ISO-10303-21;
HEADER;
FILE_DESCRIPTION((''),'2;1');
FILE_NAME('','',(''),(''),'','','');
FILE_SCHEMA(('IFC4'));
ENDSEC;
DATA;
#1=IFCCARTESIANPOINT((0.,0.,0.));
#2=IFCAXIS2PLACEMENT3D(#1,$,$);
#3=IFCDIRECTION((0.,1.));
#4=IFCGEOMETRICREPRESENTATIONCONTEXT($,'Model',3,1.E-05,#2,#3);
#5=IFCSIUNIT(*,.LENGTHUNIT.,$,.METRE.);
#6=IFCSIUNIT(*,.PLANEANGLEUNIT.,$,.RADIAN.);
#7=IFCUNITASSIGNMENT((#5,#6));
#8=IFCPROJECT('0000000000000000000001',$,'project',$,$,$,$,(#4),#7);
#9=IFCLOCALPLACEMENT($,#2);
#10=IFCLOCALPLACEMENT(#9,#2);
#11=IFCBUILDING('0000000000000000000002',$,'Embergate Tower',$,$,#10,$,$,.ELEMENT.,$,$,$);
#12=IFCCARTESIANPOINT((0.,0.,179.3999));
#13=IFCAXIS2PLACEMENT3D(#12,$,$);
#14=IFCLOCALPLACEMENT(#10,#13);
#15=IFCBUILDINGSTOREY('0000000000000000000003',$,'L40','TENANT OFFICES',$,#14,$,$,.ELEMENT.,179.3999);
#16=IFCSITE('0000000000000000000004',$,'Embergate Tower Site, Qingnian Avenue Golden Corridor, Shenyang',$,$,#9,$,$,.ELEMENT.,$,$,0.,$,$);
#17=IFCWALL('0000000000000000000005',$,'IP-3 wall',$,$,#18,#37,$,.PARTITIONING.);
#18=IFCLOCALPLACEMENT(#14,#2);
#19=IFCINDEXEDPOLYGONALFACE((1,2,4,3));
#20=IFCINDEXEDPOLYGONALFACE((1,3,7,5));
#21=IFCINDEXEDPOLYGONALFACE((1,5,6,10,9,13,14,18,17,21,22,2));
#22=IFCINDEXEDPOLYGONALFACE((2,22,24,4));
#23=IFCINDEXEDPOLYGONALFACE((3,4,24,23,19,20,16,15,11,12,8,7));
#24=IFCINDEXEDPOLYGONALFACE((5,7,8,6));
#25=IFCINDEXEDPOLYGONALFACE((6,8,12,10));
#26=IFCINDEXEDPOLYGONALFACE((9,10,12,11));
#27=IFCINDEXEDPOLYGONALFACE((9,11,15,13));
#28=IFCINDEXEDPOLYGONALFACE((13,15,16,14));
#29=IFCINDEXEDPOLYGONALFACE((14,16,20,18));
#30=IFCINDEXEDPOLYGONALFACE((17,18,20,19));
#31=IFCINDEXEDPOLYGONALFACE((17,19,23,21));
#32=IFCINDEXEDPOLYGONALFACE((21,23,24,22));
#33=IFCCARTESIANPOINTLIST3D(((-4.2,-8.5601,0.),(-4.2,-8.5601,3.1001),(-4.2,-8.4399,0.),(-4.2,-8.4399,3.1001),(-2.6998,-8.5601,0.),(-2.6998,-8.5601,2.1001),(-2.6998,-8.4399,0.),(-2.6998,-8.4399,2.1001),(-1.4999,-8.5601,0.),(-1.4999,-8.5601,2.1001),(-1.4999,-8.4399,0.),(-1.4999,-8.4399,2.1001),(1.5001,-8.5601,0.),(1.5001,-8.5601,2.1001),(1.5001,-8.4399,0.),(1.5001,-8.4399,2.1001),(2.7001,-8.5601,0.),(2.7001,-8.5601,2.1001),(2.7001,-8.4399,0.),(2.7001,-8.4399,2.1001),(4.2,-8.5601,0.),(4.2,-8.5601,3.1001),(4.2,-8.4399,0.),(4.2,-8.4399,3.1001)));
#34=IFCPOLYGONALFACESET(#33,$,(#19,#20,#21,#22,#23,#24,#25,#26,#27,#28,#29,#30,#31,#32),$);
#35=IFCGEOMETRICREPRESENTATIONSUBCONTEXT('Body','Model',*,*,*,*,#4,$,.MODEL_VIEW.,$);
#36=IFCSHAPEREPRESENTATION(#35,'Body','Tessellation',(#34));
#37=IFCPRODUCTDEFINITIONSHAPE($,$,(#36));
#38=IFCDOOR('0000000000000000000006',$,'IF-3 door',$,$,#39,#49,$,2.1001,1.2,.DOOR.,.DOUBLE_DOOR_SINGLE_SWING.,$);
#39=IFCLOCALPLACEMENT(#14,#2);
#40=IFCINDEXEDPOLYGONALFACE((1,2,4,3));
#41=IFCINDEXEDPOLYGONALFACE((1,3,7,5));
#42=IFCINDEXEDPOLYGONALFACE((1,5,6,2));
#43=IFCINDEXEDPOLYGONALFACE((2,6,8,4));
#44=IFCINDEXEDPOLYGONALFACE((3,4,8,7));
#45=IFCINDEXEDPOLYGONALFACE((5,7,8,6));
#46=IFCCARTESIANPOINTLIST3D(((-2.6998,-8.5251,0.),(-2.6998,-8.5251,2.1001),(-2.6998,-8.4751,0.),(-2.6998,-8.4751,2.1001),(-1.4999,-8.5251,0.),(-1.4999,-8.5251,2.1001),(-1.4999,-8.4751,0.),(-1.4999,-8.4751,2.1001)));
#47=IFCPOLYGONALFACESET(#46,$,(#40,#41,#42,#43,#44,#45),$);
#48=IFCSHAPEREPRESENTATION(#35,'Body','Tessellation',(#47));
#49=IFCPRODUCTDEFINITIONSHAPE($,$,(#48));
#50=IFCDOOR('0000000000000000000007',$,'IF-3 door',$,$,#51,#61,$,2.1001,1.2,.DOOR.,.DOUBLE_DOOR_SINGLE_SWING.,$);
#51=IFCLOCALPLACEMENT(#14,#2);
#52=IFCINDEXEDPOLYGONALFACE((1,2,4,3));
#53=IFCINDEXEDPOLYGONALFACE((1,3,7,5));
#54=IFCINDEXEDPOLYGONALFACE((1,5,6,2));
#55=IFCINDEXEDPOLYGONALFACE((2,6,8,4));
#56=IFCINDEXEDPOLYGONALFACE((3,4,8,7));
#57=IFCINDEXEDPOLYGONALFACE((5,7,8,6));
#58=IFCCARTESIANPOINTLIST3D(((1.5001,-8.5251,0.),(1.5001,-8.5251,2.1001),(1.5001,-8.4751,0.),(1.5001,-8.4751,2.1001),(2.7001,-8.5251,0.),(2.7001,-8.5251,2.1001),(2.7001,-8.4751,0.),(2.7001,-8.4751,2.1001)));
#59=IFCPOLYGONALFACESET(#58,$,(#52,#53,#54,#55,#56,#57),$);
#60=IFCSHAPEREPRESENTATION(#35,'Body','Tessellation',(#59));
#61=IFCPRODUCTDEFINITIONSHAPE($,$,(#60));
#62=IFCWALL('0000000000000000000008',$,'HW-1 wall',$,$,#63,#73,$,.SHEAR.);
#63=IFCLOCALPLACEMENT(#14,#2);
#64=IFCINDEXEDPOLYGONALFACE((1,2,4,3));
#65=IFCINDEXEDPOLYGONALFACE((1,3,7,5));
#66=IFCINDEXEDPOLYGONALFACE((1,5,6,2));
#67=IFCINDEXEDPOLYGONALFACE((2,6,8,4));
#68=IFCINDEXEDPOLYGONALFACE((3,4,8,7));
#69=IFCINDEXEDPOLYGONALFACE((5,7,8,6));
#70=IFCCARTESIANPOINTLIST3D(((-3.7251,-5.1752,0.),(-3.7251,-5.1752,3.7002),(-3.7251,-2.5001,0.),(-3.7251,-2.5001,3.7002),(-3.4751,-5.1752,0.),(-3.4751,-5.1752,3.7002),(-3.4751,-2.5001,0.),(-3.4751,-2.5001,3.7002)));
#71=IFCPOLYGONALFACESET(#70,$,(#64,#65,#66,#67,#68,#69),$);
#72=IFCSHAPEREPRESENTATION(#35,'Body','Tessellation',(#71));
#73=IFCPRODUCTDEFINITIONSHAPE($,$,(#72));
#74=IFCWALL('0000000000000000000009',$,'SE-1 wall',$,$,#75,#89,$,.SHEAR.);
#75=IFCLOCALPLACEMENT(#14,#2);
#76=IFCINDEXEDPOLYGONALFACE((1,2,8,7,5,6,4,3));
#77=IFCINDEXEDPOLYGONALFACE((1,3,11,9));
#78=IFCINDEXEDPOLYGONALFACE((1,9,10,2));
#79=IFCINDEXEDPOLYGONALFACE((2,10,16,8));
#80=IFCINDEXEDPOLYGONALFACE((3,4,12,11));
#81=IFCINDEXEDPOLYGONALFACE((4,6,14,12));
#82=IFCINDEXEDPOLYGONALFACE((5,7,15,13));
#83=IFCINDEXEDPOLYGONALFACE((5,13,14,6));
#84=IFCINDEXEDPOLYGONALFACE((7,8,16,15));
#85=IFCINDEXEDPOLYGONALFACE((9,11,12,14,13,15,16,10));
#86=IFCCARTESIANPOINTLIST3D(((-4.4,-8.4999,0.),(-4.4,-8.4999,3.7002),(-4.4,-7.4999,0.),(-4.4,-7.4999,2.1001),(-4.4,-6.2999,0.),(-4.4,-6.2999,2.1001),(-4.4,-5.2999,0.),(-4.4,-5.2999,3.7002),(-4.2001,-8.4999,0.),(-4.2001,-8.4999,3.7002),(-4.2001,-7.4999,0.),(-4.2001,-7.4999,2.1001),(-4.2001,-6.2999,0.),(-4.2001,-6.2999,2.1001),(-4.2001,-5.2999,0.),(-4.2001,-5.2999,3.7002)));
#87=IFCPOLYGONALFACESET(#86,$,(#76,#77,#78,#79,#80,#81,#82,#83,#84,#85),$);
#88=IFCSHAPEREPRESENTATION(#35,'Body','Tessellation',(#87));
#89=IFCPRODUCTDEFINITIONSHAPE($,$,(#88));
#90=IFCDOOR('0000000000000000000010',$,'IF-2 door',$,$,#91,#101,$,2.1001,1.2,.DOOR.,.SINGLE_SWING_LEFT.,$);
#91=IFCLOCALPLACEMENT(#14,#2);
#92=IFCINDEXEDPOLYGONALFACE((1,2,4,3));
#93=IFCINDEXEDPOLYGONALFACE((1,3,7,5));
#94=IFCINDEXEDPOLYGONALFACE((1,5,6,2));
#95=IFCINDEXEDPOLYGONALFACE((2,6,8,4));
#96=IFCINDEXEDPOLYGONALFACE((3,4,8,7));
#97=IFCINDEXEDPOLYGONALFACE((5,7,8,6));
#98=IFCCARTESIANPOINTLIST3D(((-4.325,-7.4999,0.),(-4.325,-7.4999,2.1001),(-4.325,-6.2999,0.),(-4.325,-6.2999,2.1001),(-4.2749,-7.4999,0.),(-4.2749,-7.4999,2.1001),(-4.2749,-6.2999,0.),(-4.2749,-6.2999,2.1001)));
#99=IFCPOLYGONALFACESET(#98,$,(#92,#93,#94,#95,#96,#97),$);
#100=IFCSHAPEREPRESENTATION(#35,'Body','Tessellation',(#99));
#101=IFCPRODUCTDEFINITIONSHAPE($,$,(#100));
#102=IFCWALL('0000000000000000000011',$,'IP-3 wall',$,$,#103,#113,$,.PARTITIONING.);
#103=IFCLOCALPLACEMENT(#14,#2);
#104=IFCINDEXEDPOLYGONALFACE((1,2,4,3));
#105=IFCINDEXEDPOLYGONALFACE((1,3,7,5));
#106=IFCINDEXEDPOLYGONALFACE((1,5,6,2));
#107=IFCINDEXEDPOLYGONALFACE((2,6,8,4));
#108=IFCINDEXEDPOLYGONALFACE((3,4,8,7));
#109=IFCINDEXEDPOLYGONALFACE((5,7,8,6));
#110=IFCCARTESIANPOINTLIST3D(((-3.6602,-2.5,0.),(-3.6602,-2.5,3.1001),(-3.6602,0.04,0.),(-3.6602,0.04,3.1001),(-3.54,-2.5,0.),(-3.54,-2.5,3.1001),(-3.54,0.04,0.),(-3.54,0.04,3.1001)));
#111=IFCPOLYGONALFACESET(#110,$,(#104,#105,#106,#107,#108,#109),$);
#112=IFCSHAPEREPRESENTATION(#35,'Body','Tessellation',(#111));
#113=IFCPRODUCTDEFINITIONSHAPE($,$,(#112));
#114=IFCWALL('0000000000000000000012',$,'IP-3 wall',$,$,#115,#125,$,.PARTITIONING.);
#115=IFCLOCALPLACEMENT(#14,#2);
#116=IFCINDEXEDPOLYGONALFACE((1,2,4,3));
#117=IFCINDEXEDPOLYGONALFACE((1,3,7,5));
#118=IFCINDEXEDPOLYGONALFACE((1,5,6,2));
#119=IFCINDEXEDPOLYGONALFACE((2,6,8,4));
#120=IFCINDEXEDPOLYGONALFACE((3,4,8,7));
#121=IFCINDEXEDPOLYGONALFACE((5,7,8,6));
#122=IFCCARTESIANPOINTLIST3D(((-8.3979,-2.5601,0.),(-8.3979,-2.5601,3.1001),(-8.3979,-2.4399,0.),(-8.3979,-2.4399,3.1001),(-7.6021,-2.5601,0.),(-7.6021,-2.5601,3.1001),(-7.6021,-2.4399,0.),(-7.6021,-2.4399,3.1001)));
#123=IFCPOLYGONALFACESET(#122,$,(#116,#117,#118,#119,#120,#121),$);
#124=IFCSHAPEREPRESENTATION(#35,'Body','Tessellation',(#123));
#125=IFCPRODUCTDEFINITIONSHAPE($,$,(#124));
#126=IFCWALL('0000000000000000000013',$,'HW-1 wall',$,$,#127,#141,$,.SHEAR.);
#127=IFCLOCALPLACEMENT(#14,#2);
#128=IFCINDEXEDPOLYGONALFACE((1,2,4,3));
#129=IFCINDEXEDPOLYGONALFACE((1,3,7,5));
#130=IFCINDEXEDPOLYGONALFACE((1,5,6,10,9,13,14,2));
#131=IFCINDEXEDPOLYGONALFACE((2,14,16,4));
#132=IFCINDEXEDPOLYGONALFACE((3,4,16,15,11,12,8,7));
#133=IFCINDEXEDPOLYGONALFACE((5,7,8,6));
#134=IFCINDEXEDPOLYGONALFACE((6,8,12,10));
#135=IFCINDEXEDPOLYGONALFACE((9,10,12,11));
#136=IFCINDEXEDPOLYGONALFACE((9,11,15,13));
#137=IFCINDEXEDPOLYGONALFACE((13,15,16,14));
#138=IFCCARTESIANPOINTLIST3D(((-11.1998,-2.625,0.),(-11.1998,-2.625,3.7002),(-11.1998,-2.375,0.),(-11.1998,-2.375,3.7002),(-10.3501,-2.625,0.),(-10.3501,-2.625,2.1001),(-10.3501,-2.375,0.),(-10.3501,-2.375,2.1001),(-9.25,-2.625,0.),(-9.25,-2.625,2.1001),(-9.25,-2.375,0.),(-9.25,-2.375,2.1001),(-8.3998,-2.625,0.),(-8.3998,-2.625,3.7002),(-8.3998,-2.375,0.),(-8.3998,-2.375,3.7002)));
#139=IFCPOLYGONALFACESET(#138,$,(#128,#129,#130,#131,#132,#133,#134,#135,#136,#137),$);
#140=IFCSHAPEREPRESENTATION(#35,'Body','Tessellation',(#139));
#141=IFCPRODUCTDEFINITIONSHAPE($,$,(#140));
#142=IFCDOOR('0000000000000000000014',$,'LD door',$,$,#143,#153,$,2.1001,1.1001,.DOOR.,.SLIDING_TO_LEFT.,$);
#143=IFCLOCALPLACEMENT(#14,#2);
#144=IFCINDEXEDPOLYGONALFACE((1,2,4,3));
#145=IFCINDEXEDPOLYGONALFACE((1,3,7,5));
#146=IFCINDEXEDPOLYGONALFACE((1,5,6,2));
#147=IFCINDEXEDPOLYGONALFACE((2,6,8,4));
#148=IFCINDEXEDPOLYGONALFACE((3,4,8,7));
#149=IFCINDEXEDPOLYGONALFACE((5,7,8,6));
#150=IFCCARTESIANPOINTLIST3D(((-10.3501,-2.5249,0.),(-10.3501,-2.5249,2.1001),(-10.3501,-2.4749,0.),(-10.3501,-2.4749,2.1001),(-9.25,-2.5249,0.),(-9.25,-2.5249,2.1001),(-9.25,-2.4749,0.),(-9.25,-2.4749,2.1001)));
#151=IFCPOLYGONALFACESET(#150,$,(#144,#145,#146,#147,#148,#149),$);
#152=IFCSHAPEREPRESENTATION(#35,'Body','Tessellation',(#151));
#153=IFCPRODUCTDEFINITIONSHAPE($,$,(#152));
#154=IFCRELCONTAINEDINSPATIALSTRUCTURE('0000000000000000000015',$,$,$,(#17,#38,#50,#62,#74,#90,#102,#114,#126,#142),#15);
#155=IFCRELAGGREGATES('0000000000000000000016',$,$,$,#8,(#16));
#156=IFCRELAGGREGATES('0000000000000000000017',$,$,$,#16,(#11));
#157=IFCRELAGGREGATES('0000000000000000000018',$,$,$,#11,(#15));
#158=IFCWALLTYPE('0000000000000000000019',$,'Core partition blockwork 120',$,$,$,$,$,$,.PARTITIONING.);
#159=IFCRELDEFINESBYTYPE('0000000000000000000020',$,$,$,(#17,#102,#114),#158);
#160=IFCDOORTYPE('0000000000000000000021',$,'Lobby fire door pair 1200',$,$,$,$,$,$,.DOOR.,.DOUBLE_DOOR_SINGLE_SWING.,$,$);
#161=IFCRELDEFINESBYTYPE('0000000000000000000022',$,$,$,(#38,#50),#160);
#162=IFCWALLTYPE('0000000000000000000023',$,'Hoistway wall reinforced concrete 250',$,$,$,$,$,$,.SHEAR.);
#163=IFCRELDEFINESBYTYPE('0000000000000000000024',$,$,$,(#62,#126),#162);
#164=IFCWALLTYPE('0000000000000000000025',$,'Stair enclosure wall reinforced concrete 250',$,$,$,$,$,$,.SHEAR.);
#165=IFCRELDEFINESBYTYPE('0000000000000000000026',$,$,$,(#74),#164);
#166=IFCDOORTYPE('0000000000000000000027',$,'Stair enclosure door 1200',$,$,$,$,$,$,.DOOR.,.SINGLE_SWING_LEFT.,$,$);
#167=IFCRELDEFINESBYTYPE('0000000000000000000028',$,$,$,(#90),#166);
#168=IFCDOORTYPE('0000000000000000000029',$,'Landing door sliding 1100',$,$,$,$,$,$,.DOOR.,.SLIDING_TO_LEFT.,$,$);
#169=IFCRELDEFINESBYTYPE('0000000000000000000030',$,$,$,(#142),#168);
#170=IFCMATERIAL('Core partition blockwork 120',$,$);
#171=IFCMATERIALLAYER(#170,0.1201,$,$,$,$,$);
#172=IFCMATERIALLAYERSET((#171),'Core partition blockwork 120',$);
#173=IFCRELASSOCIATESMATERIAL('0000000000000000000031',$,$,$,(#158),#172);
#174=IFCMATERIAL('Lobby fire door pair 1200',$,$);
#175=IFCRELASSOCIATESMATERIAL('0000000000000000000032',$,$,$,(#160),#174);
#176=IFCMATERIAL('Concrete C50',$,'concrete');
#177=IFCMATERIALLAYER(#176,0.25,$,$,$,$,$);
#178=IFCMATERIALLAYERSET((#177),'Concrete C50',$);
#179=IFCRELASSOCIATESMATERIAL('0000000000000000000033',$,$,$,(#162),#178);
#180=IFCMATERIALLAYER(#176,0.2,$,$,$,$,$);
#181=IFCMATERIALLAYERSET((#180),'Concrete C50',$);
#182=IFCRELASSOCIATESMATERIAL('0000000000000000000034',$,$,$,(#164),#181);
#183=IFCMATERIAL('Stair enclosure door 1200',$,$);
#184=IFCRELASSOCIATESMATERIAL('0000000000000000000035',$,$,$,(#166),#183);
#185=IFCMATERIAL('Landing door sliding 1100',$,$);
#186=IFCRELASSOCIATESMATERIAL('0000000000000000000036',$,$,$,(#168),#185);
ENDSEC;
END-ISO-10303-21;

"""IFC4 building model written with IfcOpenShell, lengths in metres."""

from ifc_helpers import new_model, si_unit, direction, frame, frame_2d, origin, place, context, subcontext, project, spatial, rectangle, extrude, source, transform, mapped, material, layer, layer_set, type_object, element, fill, save


model = new_model("IFC4")

# Units and contexts
model_context = context("Model", 3, precision=1e-05, world=origin(), true_north=direction((0.0, 1.0)))
body_context = subcontext(model_context, "Body", "Model", "MODEL_VIEW")
ifc_project = project(units=[si_unit("LENGTHUNIT", "METRE"), si_unit("PLANEANGLEUNIT", "RADIAN")], contexts=[model_context])

# Site, building, storey
site_placement = place(None, origin())
site = spatial("IfcSite", under=ifc_project, at=site_placement, Name="Embergate Tower Site, Qingnian Avenue Golden Corridor, Shenyang", CompositionType="ELEMENT", RefElevation=0.0)
building_placement = place(site_placement, origin())
building = spatial("IfcBuilding", under=site, at=building_placement, Name="Embergate Tower", CompositionType="ELEMENT")
storey_placement = place(building_placement, frame((0.0, 0.0, 179.3999)))
storey = spatial("IfcBuildingStorey", under=building, at=storey_placement, Name="L40", Description="TENANT OFFICES", CompositionType="ELEMENT", Elevation=179.3999)

# Wall, openings, doors
ifc_material_1 = material(Name="Core partition blockwork 120")
ifc_layer_1 = layer(ifc_material_1, 0.1201)
ifc_layer_set_1 = layer_set([ifc_layer_1], Name="Core partition blockwork 120")
wall_type_1 = type_object("IfcWallType", Name="Core partition blockwork 120", PredefinedType="PARTITIONING", material=ifc_layer_set_1)
shared_shape_1 = source(origin(), body_context, "Body", "SweptSolid", [
    extrude(rectangle(XDim=8.3999, YDim=0.1201, at=frame_2d((4.2, 0.0))), origin(), (0.0, 0.0, 1.0), 3.1001),
])
wall_1_placement = place(storey_placement, frame((-4.2, -8.5, 0.0), z_axis=(0.0, 0.0, 1.0), x_axis=(1.0, 0.0, 0.0)))
wall_1 = element("IfcWall", 1, at=wall_1_placement, inside=storey, type_object=wall_type_1, Name="IP-3 wall", PredefinedType="PARTITIONING", context=body_context, shape_type="MappedRepresentation", body=[
    mapped(shared_shape_1, transform((0.0, 0.0, 0.0))),
])
shared_shape_2 = source(origin(), body_context, "Body", "SweptSolid", [
    extrude(rectangle(XDim=1.2, YDim=2.1001, at=frame_2d((0.6001, 1.05))), frame((0.0, 0.0701, 0.0), z_axis=(0.0, -1.0, 0.0), x_axis=(1.0, 0.0, 0.0)), (0.0, 0.0, 1.0), 0.1401),
])
opening_1_placement = place(wall_1_placement, frame((1.5, 0.0, 0.0)))
opening_1 = element("IfcOpeningElement", 2, at=opening_1_placement, cuts=wall_1, PredefinedType="OPENING", context=body_context, shape_type="MappedRepresentation", body=[
    mapped(shared_shape_2, transform((0.0, 0.0, 0.0))),
])
opening_2_placement = place(wall_1_placement, frame((5.7, 0.0, 0.0)))
opening_2 = element("IfcOpeningElement", 3, at=opening_2_placement, cuts=wall_1, PredefinedType="OPENING", context=body_context, shape_type="MappedRepresentation", body=[
    mapped(shared_shape_2, transform((0.0, 0.0, 0.0))),
])
ifc_material_2 = material(Name="Lobby fire door pair 1200")
door_type_1 = type_object("IfcDoorType", Name="Lobby fire door pair 1200", OperationType="DOUBLE_DOOR_SINGLE_SWING", PredefinedType="DOOR", material=ifc_material_2)
shared_shape_3 = source(origin(), body_context, "Body", "SweptSolid", [
    extrude(rectangle(XDim=1.2, YDim=2.1001, at=frame_2d((0.6001, 1.05))), frame((0.0, 0.0249, 0.0), z_axis=(0.0, -1.0, 0.0), x_axis=(1.0, 0.0, 0.0)), (0.0, 0.0, 1.0), 0.05),
])
door_1_placement = place(opening_1_placement, origin())
door_1 = element("IfcDoor", 4, at=door_1_placement, inside=storey, type_object=door_type_1, Name="IF-3 door", OperationType="DOUBLE_DOOR_SINGLE_SWING", OverallHeight=2.1001, OverallWidth=1.2, PredefinedType="DOOR", context=body_context, shape_type="MappedRepresentation", body=[
    mapped(shared_shape_3, transform((0.0, 0.0, 0.0))),
])
fill(opening_1, door_1)
door_2_placement = place(opening_2_placement, origin())
door_2 = element("IfcDoor", 5, at=door_2_placement, inside=storey, type_object=door_type_1, Name="IF-3 door", OperationType="DOUBLE_DOOR_SINGLE_SWING", OverallHeight=2.1001, OverallWidth=1.2, PredefinedType="DOOR", context=body_context, shape_type="MappedRepresentation", body=[
    mapped(shared_shape_3, transform((0.0, 0.0, 0.0))),
])
fill(opening_2, door_2)

# Wall
ifc_material_3 = material(Name="Concrete C50", Category="concrete")
ifc_layer_2 = layer(ifc_material_3, 0.25)
ifc_layer_set_2 = layer_set([ifc_layer_2], Name="Concrete C50")
wall_type_2 = type_object("IfcWallType", Name="Hoistway wall reinforced concrete 250", PredefinedType="SHEAR", material=ifc_layer_set_2)
shared_shape_4 = source(origin(), body_context, "Body", "SweptSolid", [
    extrude(rectangle(XDim=2.675, YDim=0.25, at=frame_2d((1.3374, 0.0))), origin(), (0.0, 0.0, 1.0), 3.7002),
])
wall_2_placement = place(storey_placement, frame((-3.6001, -5.175, 0.0), z_axis=(0.0, 0.0, 1.0), x_axis=(0.0, 1.0, 0.0)))
element("IfcWall", 6, at=wall_2_placement, inside=storey, type_object=wall_type_2, Name="HW-1 wall", PredefinedType="SHEAR", context=body_context, shape_type="MappedRepresentation", body=[
    mapped(shared_shape_4, transform((0.0, 0.0, 0.0))),
])

# Wall, opening, door
ifc_layer_3 = layer(ifc_material_3, 0.2)
ifc_layer_set_3 = layer_set([ifc_layer_3], Name="Concrete C50")
wall_type_3 = type_object("IfcWallType", Name="Stair enclosure wall reinforced concrete 250", PredefinedType="SHEAR", material=ifc_layer_set_3)
shared_shape_5 = source(origin(), body_context, "Body", "SweptSolid", [
    extrude(rectangle(XDim=3.2, YDim=0.2, at=frame_2d((1.6001, 0.0))), origin(), (0.0, 0.0, 1.0), 3.7002),
])
wall_3_placement = place(storey_placement, frame((-4.3, -8.5, 0.0), z_axis=(0.0, 0.0, 1.0), x_axis=(0.0, 1.0, 0.0)))
wall_3 = element("IfcWall", 7, at=wall_3_placement, inside=storey, type_object=wall_type_3, Name="SE-1 wall", PredefinedType="SHEAR", context=body_context, shape_type="MappedRepresentation", body=[
    mapped(shared_shape_5, transform((0.0, 0.0, 0.0))),
])
shared_shape_6 = source(origin(), body_context, "Body", "SweptSolid", [
    extrude(rectangle(XDim=1.2, YDim=2.1001, at=frame_2d((0.6001, 1.05))), frame((0.0, 0.1099, 0.0), z_axis=(0.0, -1.0, 0.0), x_axis=(1.0, 0.0, 0.0)), (0.0, 0.0, 1.0), 0.22),
])
opening_3_placement = place(wall_3_placement, frame((1.0, 0.0, 0.0)))
opening_3 = element("IfcOpeningElement", 8, at=opening_3_placement, cuts=wall_3, PredefinedType="OPENING", context=body_context, shape_type="MappedRepresentation", body=[
    mapped(shared_shape_6, transform((0.0, 0.0, 0.0))),
])
ifc_material_4 = material(Name="Stair enclosure door 1200")
door_type_2 = type_object("IfcDoorType", Name="Stair enclosure door 1200", OperationType="SINGLE_SWING_LEFT", PredefinedType="DOOR", material=ifc_material_4)
door_3_placement = place(opening_3_placement, origin())
door_3 = element("IfcDoor", 9, at=door_3_placement, inside=storey, type_object=door_type_2, Name="IF-2 door", OperationType="SINGLE_SWING_LEFT", OverallHeight=2.1001, OverallWidth=1.2, PredefinedType="DOOR", context=body_context, shape_type="MappedRepresentation", body=[
    mapped(shared_shape_3, transform((0.0, 0.0, 0.0))),
])
fill(opening_3, door_3)

# Walls
shared_shape_7 = source(origin(), body_context, "Body", "SweptSolid", [
    extrude(rectangle(XDim=2.54, YDim=0.1201, at=frame_2d((1.27, 0.0))), origin(), (0.0, 0.0, 1.0), 3.1001),
])
wall_4_placement = place(storey_placement, frame((-3.6001, -2.5, 0.0), z_axis=(0.0, 0.0, 1.0), x_axis=(0.0, 1.0, 0.0)))
element("IfcWall", 10, at=wall_4_placement, inside=storey, type_object=wall_type_1, Name="IP-3 wall", PredefinedType="PARTITIONING", context=body_context, shape_type="MappedRepresentation", body=[
    mapped(shared_shape_7, transform((0.0, 0.0, 0.0))),
])
shared_shape_8 = source(origin(), body_context, "Body", "SweptSolid", [
    extrude(rectangle(XDim=0.7959, YDim=0.1201, at=frame_2d((0.3979, 0.0))), origin(), (0.0, 0.0, 1.0), 3.1001),
])
wall_5_placement = place(storey_placement, frame((-8.3979, -2.5, 0.0), z_axis=(0.0, 0.0, 1.0), x_axis=(1.0, 0.0, 0.0)))
element("IfcWall", 11, at=wall_5_placement, inside=storey, type_object=wall_type_1, Name="IP-3 wall", PredefinedType="PARTITIONING", context=body_context, shape_type="MappedRepresentation", body=[
    mapped(shared_shape_8, transform((0.0, 0.0, 0.0))),
])

# Wall, opening, door
shared_shape_9 = source(origin(), body_context, "Body", "SweptSolid", [
    extrude(rectangle(XDim=2.8, YDim=0.25, at=frame_2d((1.3999, 0.0))), origin(), (0.0, 0.0, 1.0), 3.7002),
])
wall_6_placement = place(storey_placement, frame((-8.3999, -2.5, 0.0), z_axis=(0.0, 0.0, 1.0), x_axis=(-1.0, 0.0, 0.0)))
wall_6 = element("IfcWall", 12, at=wall_6_placement, inside=storey, type_object=wall_type_2, Name="HW-1 wall", PredefinedType="SHEAR", context=body_context, shape_type="MappedRepresentation", body=[
    mapped(shared_shape_9, transform((0.0, 0.0, 0.0))),
])
shared_shape_10 = source(origin(), body_context, "Body", "SweptSolid", [
    extrude(rectangle(XDim=1.1001, YDim=2.1001, at=frame_2d((0.55, 1.05))), frame((0.0, 0.135, 0.0), z_axis=(0.0, -1.0, 0.0), x_axis=(1.0, 0.0, 0.0)), (0.0, 0.0, 1.0), 0.27),
])
opening_4_placement = place(wall_6_placement, frame((0.8501, 0.0, 0.0)))
opening_4 = element("IfcOpeningElement", 13, at=opening_4_placement, cuts=wall_6, PredefinedType="OPENING", context=body_context, shape_type="MappedRepresentation", body=[
    mapped(shared_shape_10, transform((0.0, 0.0, 0.0))),
])
ifc_material_5 = material(Name="Landing door sliding 1100")
door_type_3 = type_object("IfcDoorType", Name="Landing door sliding 1100", OperationType="SLIDING_TO_LEFT", PredefinedType="DOOR", material=ifc_material_5)
shared_shape_11 = source(origin(), body_context, "Body", "SweptSolid", [
    extrude(rectangle(XDim=1.1001, YDim=2.1001, at=frame_2d((0.55, 1.05))), frame((0.0, 0.0249, 0.0), z_axis=(0.0, -1.0, 0.0), x_axis=(1.0, 0.0, 0.0)), (0.0, 0.0, 1.0), 0.05),
])
door_4_placement = place(opening_4_placement, origin())
door_4 = element("IfcDoor", 14, at=door_4_placement, inside=storey, type_object=door_type_3, Name="LD door", OperationType="SLIDING_TO_LEFT", OverallHeight=2.1001, OverallWidth=1.1001, PredefinedType="DOOR", context=body_context, shape_type="MappedRepresentation", body=[
    mapped(shared_shape_11, transform((0.0, 0.0, 0.0))),
])
fill(opening_4, door_4)

save(model, "model.ifc")
